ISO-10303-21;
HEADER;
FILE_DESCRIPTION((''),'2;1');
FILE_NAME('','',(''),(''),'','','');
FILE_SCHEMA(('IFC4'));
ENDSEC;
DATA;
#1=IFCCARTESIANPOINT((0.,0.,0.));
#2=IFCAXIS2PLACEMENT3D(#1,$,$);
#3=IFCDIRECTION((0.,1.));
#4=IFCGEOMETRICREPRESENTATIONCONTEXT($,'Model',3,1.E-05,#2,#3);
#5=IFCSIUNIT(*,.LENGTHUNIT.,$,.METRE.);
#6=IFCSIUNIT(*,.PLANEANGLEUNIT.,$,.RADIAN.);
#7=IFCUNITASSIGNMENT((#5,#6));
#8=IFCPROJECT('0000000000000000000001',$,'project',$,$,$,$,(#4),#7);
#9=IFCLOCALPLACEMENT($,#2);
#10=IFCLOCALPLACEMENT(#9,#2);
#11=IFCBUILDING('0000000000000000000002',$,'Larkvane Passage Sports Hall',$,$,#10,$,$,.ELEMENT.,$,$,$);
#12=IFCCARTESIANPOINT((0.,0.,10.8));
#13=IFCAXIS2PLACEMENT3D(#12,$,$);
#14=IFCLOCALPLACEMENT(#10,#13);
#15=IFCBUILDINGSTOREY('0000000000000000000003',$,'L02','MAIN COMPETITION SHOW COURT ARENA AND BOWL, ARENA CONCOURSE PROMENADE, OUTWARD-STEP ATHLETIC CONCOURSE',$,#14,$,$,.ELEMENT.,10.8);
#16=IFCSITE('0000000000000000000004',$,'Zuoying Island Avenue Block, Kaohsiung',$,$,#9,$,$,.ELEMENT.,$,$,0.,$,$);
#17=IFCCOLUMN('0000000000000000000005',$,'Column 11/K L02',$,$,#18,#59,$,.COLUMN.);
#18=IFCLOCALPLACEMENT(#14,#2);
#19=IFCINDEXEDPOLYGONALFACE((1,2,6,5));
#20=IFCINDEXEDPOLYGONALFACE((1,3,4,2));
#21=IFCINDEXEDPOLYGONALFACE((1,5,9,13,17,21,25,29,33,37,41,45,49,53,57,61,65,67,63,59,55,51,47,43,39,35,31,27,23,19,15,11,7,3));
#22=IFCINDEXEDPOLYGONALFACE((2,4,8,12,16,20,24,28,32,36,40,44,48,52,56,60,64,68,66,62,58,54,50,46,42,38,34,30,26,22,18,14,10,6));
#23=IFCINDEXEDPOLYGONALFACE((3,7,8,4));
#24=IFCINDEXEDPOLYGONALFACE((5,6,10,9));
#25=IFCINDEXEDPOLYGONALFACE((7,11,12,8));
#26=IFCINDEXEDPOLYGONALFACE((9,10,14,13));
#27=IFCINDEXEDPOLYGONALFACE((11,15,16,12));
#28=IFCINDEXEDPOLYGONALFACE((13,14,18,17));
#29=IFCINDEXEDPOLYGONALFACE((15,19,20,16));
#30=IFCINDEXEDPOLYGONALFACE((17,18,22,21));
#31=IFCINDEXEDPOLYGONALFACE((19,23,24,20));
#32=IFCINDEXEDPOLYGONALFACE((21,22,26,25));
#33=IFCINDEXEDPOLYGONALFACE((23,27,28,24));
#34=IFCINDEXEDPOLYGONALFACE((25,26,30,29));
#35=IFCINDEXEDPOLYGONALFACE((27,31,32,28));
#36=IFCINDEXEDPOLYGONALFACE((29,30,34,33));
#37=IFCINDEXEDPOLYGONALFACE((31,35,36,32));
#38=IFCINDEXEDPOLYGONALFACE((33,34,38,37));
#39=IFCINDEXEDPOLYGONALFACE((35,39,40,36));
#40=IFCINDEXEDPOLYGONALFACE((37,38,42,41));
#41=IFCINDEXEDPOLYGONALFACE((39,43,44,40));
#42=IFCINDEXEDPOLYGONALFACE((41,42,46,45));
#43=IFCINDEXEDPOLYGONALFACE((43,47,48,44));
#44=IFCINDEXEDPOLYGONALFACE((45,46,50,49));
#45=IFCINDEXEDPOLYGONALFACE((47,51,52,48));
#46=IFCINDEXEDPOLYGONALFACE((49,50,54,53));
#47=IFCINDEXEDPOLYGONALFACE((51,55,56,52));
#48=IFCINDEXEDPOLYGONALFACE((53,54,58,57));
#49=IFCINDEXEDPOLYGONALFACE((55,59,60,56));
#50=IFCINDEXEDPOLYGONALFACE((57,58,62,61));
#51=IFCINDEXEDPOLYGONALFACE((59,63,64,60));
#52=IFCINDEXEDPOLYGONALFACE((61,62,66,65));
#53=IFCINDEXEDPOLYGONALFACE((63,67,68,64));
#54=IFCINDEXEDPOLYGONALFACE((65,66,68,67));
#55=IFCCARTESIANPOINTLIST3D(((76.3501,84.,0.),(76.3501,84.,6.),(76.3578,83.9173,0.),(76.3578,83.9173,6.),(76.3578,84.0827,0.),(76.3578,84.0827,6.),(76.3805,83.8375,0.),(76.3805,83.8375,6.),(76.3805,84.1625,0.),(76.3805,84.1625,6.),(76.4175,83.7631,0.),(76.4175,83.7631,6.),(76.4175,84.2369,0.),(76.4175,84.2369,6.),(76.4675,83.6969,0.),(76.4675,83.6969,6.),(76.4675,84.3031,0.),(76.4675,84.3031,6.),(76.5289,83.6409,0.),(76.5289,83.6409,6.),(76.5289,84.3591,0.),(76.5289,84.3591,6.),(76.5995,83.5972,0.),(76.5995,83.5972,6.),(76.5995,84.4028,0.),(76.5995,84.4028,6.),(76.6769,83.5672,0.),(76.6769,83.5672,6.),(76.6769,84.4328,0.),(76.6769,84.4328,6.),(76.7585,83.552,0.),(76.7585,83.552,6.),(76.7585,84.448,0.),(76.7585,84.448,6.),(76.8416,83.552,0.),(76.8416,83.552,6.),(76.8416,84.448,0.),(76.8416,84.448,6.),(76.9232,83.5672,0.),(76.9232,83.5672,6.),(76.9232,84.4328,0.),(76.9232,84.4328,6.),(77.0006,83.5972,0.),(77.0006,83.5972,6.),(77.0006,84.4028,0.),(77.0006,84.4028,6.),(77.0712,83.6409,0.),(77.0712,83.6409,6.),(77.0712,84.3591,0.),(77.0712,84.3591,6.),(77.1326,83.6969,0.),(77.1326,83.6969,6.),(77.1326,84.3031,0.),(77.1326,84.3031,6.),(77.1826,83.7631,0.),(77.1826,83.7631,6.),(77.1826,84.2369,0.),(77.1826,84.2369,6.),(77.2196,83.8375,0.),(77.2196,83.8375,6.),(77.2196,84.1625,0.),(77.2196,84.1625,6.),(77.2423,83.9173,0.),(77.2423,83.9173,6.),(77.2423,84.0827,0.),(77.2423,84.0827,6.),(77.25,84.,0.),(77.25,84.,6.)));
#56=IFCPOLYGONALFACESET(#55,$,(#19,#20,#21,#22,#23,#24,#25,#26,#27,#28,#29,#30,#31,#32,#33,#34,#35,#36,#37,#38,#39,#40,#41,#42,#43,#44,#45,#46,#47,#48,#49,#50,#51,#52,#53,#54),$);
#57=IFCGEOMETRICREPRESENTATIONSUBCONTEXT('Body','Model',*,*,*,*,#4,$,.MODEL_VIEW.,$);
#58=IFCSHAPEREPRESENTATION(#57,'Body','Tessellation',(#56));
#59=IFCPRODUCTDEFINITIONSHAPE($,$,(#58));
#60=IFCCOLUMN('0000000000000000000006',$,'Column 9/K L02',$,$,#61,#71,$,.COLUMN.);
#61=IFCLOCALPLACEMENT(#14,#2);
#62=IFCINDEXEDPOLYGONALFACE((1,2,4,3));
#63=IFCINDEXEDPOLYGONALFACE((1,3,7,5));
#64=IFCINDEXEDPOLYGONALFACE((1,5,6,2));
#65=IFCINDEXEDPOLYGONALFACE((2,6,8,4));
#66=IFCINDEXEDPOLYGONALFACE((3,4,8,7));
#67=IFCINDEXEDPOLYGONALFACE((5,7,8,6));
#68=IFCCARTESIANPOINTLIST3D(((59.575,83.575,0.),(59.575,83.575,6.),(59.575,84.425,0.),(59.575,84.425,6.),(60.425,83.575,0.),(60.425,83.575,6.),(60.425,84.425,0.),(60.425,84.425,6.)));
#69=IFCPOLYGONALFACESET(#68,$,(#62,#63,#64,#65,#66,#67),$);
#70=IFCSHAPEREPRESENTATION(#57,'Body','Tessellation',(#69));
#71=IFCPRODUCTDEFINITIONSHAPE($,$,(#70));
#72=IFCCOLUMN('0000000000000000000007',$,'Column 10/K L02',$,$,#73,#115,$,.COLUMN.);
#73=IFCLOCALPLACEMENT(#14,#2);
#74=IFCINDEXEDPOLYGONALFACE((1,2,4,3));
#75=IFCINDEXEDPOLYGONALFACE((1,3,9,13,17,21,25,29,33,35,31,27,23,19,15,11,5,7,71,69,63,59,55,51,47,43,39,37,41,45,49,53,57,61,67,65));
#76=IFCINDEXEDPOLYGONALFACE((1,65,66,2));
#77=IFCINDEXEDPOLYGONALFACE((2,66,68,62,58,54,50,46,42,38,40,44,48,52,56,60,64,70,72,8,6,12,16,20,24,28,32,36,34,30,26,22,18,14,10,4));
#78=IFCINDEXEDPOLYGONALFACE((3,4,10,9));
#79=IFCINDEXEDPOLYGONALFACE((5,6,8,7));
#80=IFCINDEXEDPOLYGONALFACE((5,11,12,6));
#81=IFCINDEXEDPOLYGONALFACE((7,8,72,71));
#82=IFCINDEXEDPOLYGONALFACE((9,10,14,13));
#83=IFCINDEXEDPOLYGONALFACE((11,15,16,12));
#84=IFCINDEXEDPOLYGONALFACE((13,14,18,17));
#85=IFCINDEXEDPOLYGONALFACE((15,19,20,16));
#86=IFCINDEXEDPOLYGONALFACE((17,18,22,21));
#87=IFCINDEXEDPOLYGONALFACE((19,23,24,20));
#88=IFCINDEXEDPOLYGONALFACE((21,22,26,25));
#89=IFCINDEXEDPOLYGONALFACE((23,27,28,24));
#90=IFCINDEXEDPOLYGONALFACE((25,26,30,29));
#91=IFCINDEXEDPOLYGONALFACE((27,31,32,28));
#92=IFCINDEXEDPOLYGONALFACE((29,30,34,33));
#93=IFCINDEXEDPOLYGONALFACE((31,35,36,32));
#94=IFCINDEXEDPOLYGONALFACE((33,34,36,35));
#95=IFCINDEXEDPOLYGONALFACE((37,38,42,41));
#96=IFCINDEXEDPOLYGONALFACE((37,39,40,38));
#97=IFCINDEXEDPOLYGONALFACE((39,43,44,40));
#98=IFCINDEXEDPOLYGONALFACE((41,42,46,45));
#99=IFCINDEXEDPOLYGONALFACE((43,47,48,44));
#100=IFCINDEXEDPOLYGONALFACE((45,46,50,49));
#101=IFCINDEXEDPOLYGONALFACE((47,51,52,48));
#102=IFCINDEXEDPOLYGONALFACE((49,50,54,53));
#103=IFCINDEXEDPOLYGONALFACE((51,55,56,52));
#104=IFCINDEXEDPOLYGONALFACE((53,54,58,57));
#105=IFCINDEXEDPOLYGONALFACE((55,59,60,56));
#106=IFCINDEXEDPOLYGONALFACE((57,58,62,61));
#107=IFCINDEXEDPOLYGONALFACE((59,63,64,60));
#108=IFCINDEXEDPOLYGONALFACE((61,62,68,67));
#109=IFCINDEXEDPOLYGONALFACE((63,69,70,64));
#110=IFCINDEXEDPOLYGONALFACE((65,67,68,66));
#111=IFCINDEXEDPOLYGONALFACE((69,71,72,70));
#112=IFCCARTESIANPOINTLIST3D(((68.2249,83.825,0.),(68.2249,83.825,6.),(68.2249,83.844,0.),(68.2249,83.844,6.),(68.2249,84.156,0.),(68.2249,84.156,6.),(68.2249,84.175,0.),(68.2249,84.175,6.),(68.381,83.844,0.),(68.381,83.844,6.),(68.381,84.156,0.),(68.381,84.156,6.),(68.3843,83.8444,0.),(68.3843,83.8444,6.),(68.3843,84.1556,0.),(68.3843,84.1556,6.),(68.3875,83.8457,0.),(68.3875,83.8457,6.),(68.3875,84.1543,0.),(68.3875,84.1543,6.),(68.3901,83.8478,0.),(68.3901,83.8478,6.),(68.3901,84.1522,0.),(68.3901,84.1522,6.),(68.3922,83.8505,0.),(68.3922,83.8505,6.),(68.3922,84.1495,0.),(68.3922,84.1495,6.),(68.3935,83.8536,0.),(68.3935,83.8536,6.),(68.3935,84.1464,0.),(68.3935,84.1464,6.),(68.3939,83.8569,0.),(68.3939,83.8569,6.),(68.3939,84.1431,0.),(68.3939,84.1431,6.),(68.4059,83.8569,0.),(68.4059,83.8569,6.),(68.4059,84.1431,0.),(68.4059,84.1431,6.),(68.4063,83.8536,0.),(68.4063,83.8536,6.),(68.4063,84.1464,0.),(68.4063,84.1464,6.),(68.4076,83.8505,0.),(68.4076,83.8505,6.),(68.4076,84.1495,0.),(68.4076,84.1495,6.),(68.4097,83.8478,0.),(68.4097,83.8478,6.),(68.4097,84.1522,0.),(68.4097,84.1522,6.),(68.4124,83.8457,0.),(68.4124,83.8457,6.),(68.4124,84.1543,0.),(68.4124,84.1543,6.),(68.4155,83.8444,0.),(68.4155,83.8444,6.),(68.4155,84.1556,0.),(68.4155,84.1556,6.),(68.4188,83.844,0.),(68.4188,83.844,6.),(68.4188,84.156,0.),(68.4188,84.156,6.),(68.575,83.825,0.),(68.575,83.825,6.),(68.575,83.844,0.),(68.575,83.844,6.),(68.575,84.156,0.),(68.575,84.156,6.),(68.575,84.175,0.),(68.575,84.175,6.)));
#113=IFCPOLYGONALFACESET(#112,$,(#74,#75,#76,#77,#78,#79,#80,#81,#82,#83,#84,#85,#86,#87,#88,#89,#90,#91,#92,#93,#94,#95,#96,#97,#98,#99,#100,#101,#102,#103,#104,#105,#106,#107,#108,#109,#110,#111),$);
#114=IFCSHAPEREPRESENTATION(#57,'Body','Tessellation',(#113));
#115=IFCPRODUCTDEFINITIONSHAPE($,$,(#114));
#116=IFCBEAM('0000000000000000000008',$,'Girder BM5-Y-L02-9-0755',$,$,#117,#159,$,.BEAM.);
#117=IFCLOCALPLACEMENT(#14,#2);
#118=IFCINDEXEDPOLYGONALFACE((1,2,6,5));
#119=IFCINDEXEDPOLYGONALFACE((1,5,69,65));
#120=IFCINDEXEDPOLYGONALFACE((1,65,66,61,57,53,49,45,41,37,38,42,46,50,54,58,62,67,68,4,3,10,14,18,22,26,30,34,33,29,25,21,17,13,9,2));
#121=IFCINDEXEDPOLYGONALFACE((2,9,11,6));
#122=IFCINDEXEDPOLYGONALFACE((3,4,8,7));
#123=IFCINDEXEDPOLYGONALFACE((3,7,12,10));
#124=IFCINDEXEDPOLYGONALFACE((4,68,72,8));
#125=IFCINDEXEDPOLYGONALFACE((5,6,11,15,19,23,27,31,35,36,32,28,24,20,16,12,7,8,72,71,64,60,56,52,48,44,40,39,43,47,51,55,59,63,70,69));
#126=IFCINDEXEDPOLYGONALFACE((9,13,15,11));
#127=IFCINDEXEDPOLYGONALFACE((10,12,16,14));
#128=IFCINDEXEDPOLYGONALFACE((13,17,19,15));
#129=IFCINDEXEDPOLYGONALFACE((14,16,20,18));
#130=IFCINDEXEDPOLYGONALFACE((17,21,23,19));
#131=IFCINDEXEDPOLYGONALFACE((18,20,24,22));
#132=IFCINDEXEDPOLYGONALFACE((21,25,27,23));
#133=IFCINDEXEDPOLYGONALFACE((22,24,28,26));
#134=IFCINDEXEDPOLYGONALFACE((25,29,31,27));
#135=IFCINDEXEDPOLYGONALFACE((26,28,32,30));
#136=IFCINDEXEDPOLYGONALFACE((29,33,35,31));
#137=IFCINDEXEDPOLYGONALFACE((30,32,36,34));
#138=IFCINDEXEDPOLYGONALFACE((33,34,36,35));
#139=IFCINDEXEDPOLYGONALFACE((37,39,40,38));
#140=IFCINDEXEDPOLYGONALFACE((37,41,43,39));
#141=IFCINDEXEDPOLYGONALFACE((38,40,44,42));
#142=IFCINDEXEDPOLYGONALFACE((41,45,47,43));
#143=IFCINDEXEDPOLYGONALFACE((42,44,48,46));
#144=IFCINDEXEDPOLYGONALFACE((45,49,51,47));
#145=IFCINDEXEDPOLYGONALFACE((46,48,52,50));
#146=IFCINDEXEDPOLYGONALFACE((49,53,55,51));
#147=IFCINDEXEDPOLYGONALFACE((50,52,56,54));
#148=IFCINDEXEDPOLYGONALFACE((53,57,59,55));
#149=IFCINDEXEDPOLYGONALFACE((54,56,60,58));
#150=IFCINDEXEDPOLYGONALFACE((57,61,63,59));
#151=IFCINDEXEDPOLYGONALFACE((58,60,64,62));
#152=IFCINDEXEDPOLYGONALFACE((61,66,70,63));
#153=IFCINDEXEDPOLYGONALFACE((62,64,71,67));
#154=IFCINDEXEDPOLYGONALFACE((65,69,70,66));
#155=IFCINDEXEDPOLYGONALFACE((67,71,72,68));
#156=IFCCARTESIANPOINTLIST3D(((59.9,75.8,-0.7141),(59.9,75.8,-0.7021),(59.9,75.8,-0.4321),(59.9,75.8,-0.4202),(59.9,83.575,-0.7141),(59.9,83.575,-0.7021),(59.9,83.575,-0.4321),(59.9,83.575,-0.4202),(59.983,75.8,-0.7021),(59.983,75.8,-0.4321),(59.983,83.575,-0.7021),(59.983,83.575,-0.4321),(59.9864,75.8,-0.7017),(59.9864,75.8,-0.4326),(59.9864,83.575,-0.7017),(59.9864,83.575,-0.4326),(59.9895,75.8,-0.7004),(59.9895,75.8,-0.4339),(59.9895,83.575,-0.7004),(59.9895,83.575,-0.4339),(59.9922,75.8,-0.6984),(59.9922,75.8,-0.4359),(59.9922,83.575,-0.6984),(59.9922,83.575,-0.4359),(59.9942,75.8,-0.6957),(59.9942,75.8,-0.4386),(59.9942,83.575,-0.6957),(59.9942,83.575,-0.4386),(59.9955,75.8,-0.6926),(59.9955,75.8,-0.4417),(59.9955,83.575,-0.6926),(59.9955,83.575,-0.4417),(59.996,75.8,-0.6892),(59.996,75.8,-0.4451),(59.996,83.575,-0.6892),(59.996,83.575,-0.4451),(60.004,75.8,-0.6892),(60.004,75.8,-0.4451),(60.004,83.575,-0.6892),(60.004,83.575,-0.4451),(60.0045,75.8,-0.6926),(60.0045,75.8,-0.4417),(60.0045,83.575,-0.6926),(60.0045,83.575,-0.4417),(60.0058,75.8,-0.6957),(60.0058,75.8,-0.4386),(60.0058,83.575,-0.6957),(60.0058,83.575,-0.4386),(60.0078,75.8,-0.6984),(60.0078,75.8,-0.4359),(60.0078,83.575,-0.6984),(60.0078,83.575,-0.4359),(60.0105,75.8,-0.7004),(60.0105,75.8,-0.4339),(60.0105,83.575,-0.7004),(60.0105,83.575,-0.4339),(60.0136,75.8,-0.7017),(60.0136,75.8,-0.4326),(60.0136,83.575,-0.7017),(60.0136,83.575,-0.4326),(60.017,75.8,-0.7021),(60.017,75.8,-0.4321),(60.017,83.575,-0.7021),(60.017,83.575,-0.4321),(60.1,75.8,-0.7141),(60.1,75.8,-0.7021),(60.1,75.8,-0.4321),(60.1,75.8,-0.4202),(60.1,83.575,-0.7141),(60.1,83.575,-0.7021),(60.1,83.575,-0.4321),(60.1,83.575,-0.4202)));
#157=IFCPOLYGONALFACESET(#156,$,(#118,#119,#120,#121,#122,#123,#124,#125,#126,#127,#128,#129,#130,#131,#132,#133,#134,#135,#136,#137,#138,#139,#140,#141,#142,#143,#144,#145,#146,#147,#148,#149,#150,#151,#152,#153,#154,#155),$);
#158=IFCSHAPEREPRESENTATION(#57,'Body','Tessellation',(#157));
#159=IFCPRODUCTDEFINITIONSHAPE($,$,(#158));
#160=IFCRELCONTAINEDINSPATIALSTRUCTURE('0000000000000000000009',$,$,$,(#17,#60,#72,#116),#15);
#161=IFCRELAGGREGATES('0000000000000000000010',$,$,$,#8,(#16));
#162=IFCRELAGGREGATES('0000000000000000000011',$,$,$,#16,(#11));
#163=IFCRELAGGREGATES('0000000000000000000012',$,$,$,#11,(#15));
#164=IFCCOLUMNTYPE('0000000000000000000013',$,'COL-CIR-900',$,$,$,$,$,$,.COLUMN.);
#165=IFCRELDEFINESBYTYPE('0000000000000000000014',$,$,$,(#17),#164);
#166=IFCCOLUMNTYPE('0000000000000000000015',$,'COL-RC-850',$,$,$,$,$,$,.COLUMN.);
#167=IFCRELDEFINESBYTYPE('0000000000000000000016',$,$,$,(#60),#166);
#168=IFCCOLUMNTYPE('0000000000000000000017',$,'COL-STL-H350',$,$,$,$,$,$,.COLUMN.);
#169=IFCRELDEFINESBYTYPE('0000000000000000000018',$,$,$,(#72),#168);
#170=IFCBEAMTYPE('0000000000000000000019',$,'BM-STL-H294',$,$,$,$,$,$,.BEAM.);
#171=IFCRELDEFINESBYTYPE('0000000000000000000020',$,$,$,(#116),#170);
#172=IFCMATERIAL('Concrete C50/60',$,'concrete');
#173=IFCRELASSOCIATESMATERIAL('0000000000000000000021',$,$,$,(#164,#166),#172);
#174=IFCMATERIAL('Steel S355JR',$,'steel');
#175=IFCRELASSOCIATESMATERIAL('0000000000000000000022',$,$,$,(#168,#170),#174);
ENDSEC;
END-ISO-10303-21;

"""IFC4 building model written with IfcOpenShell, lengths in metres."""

from ifc_helpers import new_model, si_unit, direction, frame, origin, origin_2d, place, context, subcontext, project, spatial, rectangle, circle, i_section, extrude, material, material_profile, profile_set, type_object, element, save


model = new_model("IFC4")

# Units and contexts
model_context = context("Model", 3, precision=1e-05, world=origin(), true_north=direction((0.0, 1.0)))
body_context = subcontext(model_context, "Body", "Model", "MODEL_VIEW")
ifc_project = project(units=[si_unit("LENGTHUNIT", "METRE"), si_unit("PLANEANGLEUNIT", "RADIAN")], contexts=[model_context])

# Site, building, storey
site_placement = place(None, origin())
site = spatial("IfcSite", under=ifc_project, at=site_placement, Name="Zuoying Island Avenue Block, Kaohsiung", CompositionType="ELEMENT", RefElevation=0.0)
building_placement = place(site_placement, origin())
building = spatial("IfcBuilding", under=site, at=building_placement, Name="Larkvane Passage Sports Hall", CompositionType="ELEMENT")
storey_placement = place(building_placement, frame((0.0, 0.0, 10.8)))
storey = spatial("IfcBuildingStorey", under=building, at=storey_placement, Name="L02", Description="MAIN COMPETITION SHOW COURT ARENA AND BOWL, ARENA CONCOURSE PROMENADE, OUTWARD-STEP ATHLETIC CONCOURSE", CompositionType="ELEMENT", Elevation=10.8)

# Columns
ifc_material_1 = material(Name="Concrete C50/60", Category="concrete")
ifc_material_profile_1 = material_profile(ifc_material_1, circle(Radius=0.45, at=origin_2d()), Name="RC-CIR-900")
ifc_profile_set_1 = profile_set([ifc_material_profile_1], Name="Concrete C50/60")
column_type_1 = type_object("IfcColumnType", Name="COL-CIR-900", PredefinedType="COLUMN", material=ifc_profile_set_1)
column_1_placement = place(storey_placement, frame((76.8, 84.0, 0.0), z_axis=(0.0, 0.0, 1.0), x_axis=(1.0, 0.0, 0.0)))
element("IfcColumn", 1, at=column_1_placement, inside=storey, type_object=column_type_1, Name="Column 11/K L02", PredefinedType="COLUMN", context=body_context, shape_type="SweptSolid", body=[
    extrude(circle(Radius=0.45, at=origin_2d()), origin(), (0.0, 0.0, 1.0), 6.0),
])
ifc_material_profile_2 = material_profile(ifc_material_1, rectangle(XDim=0.8501, YDim=0.8501, at=origin_2d()), Name="RC-COL-850x850")
ifc_profile_set_2 = profile_set([ifc_material_profile_2], Name="Concrete C50/60")
column_type_2 = type_object("IfcColumnType", Name="COL-RC-850", PredefinedType="COLUMN", material=ifc_profile_set_2)
column_2_placement = place(storey_placement, frame((60.0, 84.0, 0.0), z_axis=(0.0, 0.0, 1.0), x_axis=(1.0, 0.0, 0.0)))
element("IfcColumn", 2, at=column_2_placement, inside=storey, type_object=column_type_2, Name="Column 9/K L02", PredefinedType="COLUMN", context=body_context, shape_type="SweptSolid", body=[
    extrude(rectangle(XDim=0.8501, YDim=0.8501, at=origin_2d()), origin(), (0.0, 0.0, 1.0), 6.0),
])
ifc_material_2 = material(Name="Steel S355JR", Category="steel")
ifc_material_profile_3 = material_profile(ifc_material_2, i_section(OverallWidth=0.3501, OverallDepth=0.3501, WebThickness=0.012, FlangeThickness=0.019, FilletRadius=0.0129, at=origin_2d()), Name="H-350x350x12x19")
ifc_profile_set_3 = profile_set([ifc_material_profile_3], Name="Steel S355JR")
column_type_3 = type_object("IfcColumnType", Name="COL-STL-H350", PredefinedType="COLUMN", material=ifc_profile_set_3)
column_3_placement = place(storey_placement, frame((68.3999, 84.0, 0.0), z_axis=(0.0, 0.0, 1.0), x_axis=(1.0, 0.0, 0.0)))
element("IfcColumn", 3, at=column_3_placement, inside=storey, type_object=column_type_3, Name="Column 10/K L02", PredefinedType="COLUMN", context=body_context, shape_type="SweptSolid", body=[
    extrude(i_section(OverallWidth=0.3501, OverallDepth=0.3501, WebThickness=0.012, FlangeThickness=0.019, FilletRadius=0.0129, at=origin_2d()), origin(), (0.0, 0.0, 1.0), 6.0),
])

# Beam
ifc_material_profile_4 = material_profile(ifc_material_2, i_section(OverallWidth=0.2, OverallDepth=0.2939, WebThickness=0.0081, FlangeThickness=0.012, FilletRadius=0.0129, at=origin_2d()), Name="H-294x200x8x12")
ifc_profile_set_4 = profile_set([ifc_material_profile_4], Name="Steel S355JR")
beam_type_1 = type_object("IfcBeamType", Name="BM-STL-H294", PredefinedType="BEAM", material=ifc_profile_set_4)
beam_1_placement = place(storey_placement, frame((60.0, 75.8, -0.5671), z_axis=(0.0, 1.0, 0.0), x_axis=(-1.0, 0.0, 0.0)))
element("IfcBeam", 4, at=beam_1_placement, inside=storey, type_object=beam_type_1, Name="Girder BM5-Y-L02-9-0755", PredefinedType="BEAM", context=body_context, shape_type="SweptSolid", body=[
    extrude(i_section(OverallWidth=0.2, OverallDepth=0.2939, WebThickness=0.0081, FlangeThickness=0.012, FilletRadius=0.0129, at=origin_2d()), origin(), (0.0, 0.0, 1.0), 7.7749),
])

save(model, "model.ifc")
